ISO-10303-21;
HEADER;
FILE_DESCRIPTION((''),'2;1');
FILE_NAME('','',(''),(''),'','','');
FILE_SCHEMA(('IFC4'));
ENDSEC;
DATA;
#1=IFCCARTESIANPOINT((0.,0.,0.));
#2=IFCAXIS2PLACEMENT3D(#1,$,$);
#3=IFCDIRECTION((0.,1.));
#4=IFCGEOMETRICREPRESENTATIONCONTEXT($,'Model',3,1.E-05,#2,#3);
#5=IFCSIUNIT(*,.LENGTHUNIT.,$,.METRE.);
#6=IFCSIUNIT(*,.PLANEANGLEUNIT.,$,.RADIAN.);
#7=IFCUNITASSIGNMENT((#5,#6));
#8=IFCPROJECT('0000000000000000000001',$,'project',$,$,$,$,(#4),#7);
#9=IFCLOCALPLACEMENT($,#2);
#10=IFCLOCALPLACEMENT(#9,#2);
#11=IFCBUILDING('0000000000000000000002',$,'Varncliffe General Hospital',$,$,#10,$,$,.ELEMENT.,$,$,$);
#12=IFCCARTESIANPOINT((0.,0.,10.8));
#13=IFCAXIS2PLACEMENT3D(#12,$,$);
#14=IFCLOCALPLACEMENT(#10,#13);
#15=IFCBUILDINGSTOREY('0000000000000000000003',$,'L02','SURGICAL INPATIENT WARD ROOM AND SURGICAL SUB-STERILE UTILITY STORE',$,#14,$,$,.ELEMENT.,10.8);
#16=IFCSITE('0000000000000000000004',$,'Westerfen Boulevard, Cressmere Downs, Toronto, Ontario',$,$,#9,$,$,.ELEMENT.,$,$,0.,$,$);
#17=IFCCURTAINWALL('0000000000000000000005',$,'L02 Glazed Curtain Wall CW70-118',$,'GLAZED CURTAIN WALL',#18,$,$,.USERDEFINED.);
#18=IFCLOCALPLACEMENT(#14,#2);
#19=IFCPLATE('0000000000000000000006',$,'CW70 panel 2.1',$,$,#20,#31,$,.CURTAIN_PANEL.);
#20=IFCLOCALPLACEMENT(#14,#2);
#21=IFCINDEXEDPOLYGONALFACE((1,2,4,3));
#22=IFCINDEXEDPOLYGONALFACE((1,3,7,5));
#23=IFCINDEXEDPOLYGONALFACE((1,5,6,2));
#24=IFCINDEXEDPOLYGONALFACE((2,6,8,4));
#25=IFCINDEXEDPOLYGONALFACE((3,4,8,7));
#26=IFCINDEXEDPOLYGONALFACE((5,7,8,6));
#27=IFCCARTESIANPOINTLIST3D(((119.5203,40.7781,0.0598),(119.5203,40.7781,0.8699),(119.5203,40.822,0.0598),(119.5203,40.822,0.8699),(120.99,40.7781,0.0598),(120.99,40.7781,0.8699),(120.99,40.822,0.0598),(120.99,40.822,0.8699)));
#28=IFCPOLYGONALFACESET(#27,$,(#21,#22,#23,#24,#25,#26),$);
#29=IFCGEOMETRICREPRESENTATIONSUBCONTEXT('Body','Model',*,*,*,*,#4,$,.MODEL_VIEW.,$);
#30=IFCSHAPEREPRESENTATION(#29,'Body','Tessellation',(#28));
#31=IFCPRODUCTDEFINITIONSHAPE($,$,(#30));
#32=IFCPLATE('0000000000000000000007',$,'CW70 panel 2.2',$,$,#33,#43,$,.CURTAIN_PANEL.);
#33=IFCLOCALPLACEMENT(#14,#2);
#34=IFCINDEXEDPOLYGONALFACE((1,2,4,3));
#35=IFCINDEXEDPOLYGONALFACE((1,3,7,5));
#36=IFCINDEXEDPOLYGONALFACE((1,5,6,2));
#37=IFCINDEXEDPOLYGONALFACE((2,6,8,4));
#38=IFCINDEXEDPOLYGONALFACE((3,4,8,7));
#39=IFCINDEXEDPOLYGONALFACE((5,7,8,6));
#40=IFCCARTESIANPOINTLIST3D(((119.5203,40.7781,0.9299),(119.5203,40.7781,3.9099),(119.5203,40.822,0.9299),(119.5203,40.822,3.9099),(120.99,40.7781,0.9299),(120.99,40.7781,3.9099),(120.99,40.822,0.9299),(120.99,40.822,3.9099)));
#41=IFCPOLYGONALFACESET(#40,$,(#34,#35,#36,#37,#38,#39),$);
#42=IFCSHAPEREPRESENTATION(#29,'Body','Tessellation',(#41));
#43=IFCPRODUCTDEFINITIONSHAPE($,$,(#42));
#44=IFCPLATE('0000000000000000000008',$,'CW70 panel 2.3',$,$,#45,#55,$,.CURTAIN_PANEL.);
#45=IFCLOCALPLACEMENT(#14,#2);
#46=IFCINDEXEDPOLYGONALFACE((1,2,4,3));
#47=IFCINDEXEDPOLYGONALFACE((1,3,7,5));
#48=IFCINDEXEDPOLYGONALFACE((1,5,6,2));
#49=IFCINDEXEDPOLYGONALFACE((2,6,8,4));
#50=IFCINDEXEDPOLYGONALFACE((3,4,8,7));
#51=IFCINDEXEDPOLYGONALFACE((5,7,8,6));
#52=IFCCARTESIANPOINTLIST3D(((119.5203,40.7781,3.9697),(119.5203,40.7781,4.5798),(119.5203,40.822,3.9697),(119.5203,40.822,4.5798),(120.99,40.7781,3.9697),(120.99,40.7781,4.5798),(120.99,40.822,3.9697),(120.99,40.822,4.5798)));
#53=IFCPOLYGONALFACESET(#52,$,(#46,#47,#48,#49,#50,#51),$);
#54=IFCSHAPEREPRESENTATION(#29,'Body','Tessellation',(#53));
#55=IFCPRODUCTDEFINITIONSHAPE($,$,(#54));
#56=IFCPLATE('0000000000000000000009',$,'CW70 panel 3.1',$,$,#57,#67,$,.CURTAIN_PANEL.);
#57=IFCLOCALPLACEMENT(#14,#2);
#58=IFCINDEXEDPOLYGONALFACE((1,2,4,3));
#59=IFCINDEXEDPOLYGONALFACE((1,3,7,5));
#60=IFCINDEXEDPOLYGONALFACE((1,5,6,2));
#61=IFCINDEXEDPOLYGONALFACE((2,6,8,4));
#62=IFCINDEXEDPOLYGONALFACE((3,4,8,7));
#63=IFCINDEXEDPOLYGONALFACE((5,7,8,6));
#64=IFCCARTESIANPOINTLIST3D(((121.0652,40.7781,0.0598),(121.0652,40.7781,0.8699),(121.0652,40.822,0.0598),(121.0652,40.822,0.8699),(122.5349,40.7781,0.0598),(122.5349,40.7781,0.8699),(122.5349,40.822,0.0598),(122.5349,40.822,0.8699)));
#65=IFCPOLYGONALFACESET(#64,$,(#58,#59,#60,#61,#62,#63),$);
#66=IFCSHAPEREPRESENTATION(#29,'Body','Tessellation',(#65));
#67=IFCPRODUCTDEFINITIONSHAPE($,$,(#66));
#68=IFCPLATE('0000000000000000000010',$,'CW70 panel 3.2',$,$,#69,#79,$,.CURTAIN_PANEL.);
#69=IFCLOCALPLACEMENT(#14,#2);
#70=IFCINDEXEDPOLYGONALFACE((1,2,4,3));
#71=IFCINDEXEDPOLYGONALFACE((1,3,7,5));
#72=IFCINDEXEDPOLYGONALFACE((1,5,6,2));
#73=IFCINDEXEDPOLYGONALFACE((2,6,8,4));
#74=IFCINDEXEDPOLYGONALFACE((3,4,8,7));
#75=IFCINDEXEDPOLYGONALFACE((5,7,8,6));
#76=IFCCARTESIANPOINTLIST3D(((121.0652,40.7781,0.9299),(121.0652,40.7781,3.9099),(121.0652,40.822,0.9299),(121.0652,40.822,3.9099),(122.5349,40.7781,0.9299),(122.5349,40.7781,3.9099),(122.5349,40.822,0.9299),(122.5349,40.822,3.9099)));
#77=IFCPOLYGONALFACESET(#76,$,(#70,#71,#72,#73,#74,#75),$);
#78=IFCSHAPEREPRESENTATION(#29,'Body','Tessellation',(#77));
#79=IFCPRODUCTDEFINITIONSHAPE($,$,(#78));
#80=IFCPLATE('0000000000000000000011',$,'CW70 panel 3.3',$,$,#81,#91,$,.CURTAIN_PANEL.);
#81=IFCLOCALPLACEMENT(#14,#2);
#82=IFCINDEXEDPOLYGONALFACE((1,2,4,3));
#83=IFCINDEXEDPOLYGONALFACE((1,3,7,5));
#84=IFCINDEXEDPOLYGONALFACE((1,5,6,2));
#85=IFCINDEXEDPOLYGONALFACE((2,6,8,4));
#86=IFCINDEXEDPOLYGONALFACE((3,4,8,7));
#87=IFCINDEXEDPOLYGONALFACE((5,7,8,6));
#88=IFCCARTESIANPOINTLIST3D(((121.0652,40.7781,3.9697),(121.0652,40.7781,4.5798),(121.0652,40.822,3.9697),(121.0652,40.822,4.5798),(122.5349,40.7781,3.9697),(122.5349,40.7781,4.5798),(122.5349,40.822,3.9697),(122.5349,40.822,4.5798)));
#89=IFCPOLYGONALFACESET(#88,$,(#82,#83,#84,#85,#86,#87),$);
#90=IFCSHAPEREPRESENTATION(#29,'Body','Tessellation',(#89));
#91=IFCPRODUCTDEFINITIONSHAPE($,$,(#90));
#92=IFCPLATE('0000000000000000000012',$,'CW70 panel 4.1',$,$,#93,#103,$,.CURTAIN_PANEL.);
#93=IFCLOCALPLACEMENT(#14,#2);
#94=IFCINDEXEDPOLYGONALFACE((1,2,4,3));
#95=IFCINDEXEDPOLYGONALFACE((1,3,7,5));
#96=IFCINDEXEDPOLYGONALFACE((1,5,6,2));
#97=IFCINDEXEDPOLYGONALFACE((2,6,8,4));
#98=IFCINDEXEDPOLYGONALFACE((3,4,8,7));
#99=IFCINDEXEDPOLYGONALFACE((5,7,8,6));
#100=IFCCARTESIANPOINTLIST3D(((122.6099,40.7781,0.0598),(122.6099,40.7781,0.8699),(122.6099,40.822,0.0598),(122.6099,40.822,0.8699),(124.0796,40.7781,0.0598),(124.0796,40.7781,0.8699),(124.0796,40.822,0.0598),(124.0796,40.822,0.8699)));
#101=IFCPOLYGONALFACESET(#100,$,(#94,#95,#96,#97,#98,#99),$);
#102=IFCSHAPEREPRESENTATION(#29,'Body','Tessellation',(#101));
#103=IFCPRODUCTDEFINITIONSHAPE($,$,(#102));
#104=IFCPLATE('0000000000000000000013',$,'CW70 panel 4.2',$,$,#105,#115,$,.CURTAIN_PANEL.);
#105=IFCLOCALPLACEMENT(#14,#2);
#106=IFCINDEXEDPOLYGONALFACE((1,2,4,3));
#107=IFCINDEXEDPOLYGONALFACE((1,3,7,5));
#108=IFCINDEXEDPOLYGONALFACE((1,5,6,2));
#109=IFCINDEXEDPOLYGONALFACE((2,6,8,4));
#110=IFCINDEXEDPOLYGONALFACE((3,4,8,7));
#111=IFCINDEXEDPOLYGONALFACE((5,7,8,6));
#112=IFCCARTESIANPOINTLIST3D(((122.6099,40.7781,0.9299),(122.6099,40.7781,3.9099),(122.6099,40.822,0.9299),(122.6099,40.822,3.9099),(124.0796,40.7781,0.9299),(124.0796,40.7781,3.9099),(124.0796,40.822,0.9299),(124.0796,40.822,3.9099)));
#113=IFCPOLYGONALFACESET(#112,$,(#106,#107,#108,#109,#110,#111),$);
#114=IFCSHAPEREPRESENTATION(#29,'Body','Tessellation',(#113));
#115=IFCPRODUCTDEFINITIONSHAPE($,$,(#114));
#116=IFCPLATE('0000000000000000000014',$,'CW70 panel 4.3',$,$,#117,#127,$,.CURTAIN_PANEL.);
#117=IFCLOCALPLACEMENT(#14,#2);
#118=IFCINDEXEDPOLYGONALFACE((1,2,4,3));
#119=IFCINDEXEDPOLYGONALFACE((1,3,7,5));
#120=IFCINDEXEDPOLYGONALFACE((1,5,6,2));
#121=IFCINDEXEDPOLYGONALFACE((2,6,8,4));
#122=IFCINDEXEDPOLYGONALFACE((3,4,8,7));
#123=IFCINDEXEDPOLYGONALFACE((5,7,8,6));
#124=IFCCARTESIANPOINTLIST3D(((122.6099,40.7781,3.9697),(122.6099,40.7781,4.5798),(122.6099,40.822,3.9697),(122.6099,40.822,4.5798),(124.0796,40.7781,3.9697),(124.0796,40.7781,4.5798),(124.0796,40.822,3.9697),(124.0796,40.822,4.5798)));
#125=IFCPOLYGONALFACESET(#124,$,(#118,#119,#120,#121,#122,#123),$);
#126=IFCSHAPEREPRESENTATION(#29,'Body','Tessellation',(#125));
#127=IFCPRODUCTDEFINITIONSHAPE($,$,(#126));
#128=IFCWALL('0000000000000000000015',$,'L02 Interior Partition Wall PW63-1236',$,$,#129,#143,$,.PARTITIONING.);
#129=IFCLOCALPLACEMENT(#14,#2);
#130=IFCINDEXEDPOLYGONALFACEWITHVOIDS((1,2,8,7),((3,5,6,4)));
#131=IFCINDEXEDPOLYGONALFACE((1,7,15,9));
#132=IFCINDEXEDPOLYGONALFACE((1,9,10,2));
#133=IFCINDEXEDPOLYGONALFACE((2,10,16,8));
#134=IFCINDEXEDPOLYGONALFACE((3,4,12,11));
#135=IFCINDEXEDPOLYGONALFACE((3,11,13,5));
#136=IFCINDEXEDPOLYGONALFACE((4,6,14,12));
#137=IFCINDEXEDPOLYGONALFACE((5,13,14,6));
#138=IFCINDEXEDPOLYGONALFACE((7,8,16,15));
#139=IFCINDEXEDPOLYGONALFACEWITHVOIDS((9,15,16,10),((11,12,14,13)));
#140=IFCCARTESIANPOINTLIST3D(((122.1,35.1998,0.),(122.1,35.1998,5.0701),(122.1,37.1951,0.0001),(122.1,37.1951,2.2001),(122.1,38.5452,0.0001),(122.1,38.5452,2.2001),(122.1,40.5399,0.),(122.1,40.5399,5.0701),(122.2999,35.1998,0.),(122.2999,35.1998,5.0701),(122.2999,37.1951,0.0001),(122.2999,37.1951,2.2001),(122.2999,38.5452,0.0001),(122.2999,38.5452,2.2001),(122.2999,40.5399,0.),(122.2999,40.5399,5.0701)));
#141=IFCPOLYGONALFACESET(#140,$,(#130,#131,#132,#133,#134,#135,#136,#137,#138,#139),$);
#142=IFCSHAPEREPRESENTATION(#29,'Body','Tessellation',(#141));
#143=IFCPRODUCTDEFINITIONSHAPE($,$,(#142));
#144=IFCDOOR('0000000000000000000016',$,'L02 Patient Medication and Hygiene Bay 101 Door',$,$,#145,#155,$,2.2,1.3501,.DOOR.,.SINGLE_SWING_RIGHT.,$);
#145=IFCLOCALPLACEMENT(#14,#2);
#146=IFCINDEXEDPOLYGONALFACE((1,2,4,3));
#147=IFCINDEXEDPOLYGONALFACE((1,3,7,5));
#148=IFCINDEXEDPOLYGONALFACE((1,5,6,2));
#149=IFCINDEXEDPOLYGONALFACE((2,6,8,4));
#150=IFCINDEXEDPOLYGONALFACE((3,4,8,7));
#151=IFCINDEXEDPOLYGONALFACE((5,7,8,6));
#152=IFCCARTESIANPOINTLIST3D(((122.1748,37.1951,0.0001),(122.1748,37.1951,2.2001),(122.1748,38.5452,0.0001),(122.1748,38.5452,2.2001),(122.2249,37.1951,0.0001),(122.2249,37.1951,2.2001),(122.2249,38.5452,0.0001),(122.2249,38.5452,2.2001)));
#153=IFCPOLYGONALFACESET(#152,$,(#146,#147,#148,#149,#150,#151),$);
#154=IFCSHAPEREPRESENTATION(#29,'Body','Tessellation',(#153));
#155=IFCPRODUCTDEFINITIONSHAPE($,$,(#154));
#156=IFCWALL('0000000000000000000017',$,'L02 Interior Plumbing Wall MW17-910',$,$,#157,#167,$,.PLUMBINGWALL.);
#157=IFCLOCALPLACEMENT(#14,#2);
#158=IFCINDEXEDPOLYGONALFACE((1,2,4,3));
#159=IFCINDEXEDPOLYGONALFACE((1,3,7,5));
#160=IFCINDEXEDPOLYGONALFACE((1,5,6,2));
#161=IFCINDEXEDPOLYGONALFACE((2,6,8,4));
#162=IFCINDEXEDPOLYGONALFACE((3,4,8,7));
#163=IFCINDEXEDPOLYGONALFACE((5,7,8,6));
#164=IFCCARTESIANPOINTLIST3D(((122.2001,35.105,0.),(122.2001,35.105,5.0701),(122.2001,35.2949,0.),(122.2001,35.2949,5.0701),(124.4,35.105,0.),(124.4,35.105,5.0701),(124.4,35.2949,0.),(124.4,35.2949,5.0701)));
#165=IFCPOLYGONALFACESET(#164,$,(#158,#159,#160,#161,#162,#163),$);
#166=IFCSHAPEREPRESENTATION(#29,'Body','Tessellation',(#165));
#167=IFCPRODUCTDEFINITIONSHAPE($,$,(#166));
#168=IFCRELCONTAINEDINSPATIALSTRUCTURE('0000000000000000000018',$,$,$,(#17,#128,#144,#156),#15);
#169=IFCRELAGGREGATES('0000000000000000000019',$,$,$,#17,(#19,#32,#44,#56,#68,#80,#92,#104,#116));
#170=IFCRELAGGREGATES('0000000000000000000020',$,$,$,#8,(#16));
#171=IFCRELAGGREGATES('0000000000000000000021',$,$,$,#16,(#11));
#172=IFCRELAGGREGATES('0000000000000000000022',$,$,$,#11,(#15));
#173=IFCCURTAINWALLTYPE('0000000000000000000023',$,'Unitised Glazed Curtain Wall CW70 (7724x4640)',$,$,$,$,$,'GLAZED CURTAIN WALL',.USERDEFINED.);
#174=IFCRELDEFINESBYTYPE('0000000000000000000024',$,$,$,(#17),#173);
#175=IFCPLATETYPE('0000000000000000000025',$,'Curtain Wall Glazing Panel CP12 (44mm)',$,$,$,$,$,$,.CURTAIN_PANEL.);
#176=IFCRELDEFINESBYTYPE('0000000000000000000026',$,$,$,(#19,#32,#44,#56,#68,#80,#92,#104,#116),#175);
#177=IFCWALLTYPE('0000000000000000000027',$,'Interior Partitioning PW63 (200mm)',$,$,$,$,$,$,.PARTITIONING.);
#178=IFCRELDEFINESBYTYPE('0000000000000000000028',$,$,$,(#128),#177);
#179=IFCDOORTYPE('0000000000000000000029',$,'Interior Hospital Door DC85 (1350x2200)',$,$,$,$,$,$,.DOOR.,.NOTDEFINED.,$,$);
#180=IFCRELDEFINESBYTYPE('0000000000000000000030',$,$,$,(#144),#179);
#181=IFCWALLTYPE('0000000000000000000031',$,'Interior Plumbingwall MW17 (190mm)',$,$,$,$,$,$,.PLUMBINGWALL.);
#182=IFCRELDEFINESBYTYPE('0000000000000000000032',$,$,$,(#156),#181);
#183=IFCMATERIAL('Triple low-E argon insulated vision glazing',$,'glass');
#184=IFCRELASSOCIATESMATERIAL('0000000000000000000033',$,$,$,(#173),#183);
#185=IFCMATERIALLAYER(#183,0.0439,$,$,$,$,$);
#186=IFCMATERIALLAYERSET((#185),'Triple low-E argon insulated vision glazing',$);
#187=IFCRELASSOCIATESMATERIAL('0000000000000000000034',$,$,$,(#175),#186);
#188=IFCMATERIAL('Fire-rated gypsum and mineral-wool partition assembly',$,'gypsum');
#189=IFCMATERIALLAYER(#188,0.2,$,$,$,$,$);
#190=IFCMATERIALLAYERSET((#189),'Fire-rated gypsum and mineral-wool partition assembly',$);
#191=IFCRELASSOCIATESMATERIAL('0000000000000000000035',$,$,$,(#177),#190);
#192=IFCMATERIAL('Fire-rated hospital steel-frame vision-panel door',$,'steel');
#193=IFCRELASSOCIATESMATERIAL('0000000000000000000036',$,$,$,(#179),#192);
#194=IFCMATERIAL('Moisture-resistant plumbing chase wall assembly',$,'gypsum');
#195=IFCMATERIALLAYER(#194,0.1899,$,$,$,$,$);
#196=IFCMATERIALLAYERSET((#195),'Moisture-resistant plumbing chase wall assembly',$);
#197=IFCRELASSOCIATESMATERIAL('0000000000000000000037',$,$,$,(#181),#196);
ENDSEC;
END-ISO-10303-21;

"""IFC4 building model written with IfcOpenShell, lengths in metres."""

from ifc_helpers import new_model, si_unit, direction, frame, frame_2d, origin, origin_2d, place, context, subcontext, project, spatial, rectangle, extrude, material, layer, layer_set, type_object, element, fill, aggregate, save


model = new_model("IFC4")

# Units and contexts
model_context = context("Model", 3, precision=1e-05, world=origin(), true_north=direction((0.0, 1.0)))
body_context = subcontext(model_context, "Body", "Model", "MODEL_VIEW")
ifc_project = project(units=[si_unit("LENGTHUNIT", "METRE"), si_unit("PLANEANGLEUNIT", "RADIAN")], contexts=[model_context])

# Site, building, storey
site_placement = place(None, origin())
site = spatial("IfcSite", under=ifc_project, at=site_placement, Name="Westerfen Boulevard, Cressmere Downs, Toronto, Ontario", CompositionType="ELEMENT", RefElevation=0.0)
building_placement = place(site_placement, origin())
building = spatial("IfcBuilding", under=site, at=building_placement, Name="Varncliffe General Hospital", CompositionType="ELEMENT")
storey_placement = place(building_placement, frame((0.0, 0.0, 10.8)))
storey = spatial("IfcBuildingStorey", under=building, at=storey_placement, Name="L02", Description="SURGICAL INPATIENT WARD ROOM AND SURGICAL SUB-STERILE UTILITY STORE", CompositionType="ELEMENT", Elevation=10.8)

# Curtain wall, plates
ifc_material_1 = material(Name="Triple low-E argon insulated vision glazing", Category="glass")
curtain_wall_type = type_object("IfcCurtainWallType", Name="Unitised Glazed Curtain Wall CW70 (7724x4640)", ElementType="GLAZED CURTAIN WALL", PredefinedType="USERDEFINED", material=ifc_material_1)
curtain_wall_placement = place(storey_placement, origin())
curtain_wall = element("IfcCurtainWall", 1, at=curtain_wall_placement, inside=storey, type_object=curtain_wall_type, Name="L02 Glazed Curtain Wall CW70-118", ObjectType="GLAZED CURTAIN WALL", PredefinedType="USERDEFINED")
ifc_layer_1 = layer(ifc_material_1, 0.0439)
ifc_layer_set_1 = layer_set([ifc_layer_1], Name="Triple low-E argon insulated vision glazing")
plate_type = type_object("IfcPlateType", Name="Curtain Wall Glazing Panel CP12 (44mm)", PredefinedType="CURTAIN_PANEL", material=ifc_layer_set_1)
plate_1_placement = place(storey_placement, frame((120.2551, 40.8, 0.0598), z_axis=(0.0, 0.0, 1.0), x_axis=(1.0, 0.0, 0.0)))
plate_1 = element("IfcPlate", 2, at=plate_1_placement, type_object=plate_type, Name="CW70 panel 2.1", PredefinedType="CURTAIN_PANEL", context=body_context, shape_type="SweptSolid", body=[
    extrude(rectangle(XDim=1.4697, YDim=0.0439, at=origin_2d()), origin(), (0.0, 0.0, 1.0), 0.8101),
])
plate_2_placement = place(storey_placement, frame((120.2551, 40.8, 0.9299), z_axis=(0.0, 0.0, 1.0), x_axis=(1.0, 0.0, 0.0)))
plate_2 = element("IfcPlate", 3, at=plate_2_placement, type_object=plate_type, Name="CW70 panel 2.2", PredefinedType="CURTAIN_PANEL", context=body_context, shape_type="SweptSolid", body=[
    extrude(rectangle(XDim=1.4697, YDim=0.0439, at=origin_2d()), origin(), (0.0, 0.0, 1.0), 2.98),
])
plate_3_placement = place(storey_placement, frame((120.2551, 40.8, 3.9697), z_axis=(0.0, 0.0, 1.0), x_axis=(1.0, 0.0, 0.0)))
plate_3 = element("IfcPlate", 4, at=plate_3_placement, type_object=plate_type, Name="CW70 panel 2.3", PredefinedType="CURTAIN_PANEL", context=body_context, shape_type="SweptSolid", body=[
    extrude(rectangle(XDim=1.4697, YDim=0.0439, at=origin_2d()), origin(), (0.0, 0.0, 1.0), 0.6101),
])
plate_4_placement = place(storey_placement, frame((121.8, 40.8, 0.0598), z_axis=(0.0, 0.0, 1.0), x_axis=(1.0, 0.0, 0.0)))
plate_4 = element("IfcPlate", 5, at=plate_4_placement, type_object=plate_type, Name="CW70 panel 3.1", PredefinedType="CURTAIN_PANEL", context=body_context, shape_type="SweptSolid", body=[
    extrude(rectangle(XDim=1.4697, YDim=0.0439, at=origin_2d()), origin(), (0.0, 0.0, 1.0), 0.8101),
])
plate_5_placement = place(storey_placement, frame((121.8, 40.8, 0.9299), z_axis=(0.0, 0.0, 1.0), x_axis=(1.0, 0.0, 0.0)))
plate_5 = element("IfcPlate", 6, at=plate_5_placement, type_object=plate_type, Name="CW70 panel 3.2", PredefinedType="CURTAIN_PANEL", context=body_context, shape_type="SweptSolid", body=[
    extrude(rectangle(XDim=1.4697, YDim=0.0439, at=origin_2d()), origin(), (0.0, 0.0, 1.0), 2.98),
])
plate_6_placement = place(storey_placement, frame((121.8, 40.8, 3.9697), z_axis=(0.0, 0.0, 1.0), x_axis=(1.0, 0.0, 0.0)))
plate_6 = element("IfcPlate", 7, at=plate_6_placement, type_object=plate_type, Name="CW70 panel 3.3", PredefinedType="CURTAIN_PANEL", context=body_context, shape_type="SweptSolid", body=[
    extrude(rectangle(XDim=1.4697, YDim=0.0439, at=origin_2d()), origin(), (0.0, 0.0, 1.0), 0.6101),
])
plate_7_placement = place(storey_placement, frame((123.3447, 40.8, 0.0598), z_axis=(0.0, 0.0, 1.0), x_axis=(1.0, 0.0, 0.0)))
plate_7 = element("IfcPlate", 8, at=plate_7_placement, type_object=plate_type, Name="CW70 panel 4.1", PredefinedType="CURTAIN_PANEL", context=body_context, shape_type="SweptSolid", body=[
    extrude(rectangle(XDim=1.4697, YDim=0.0439, at=origin_2d()), origin(), (0.0, 0.0, 1.0), 0.8101),
])
plate_8_placement = place(storey_placement, frame((123.3447, 40.8, 0.9299), z_axis=(0.0, 0.0, 1.0), x_axis=(1.0, 0.0, 0.0)))
plate_8 = element("IfcPlate", 9, at=plate_8_placement, type_object=plate_type, Name="CW70 panel 4.2", PredefinedType="CURTAIN_PANEL", context=body_context, shape_type="SweptSolid", body=[
    extrude(rectangle(XDim=1.4697, YDim=0.0439, at=origin_2d()), origin(), (0.0, 0.0, 1.0), 2.98),
])
plate_9_placement = place(storey_placement, frame((123.3447, 40.8, 3.9697), z_axis=(0.0, 0.0, 1.0), x_axis=(1.0, 0.0, 0.0)))
plate_9 = element("IfcPlate", 10, at=plate_9_placement, type_object=plate_type, Name="CW70 panel 4.3", PredefinedType="CURTAIN_PANEL", context=body_context, shape_type="SweptSolid", body=[
    extrude(rectangle(XDim=1.4697, YDim=0.0439, at=origin_2d()), origin(), (0.0, 0.0, 1.0), 0.6101),
])
aggregate(curtain_wall, [plate_1, plate_2, plate_3, plate_4, plate_5, plate_6, plate_7, plate_8, plate_9])

# Wall, opening, door
ifc_material_2 = material(Name="Fire-rated gypsum and mineral-wool partition assembly", Category="gypsum")
ifc_layer_2 = layer(ifc_material_2, 0.2)
ifc_layer_set_2 = layer_set([ifc_layer_2], Name="Fire-rated gypsum and mineral-wool partition assembly")
wall_type_1 = type_object("IfcWallType", Name="Interior Partitioning PW63 (200mm)", PredefinedType="PARTITIONING", material=ifc_layer_set_2)
wall_1_placement = place(storey_placement, frame((122.2, 35.2, 0.0), z_axis=(0.0, 0.0, 1.0), x_axis=(0.0, 1.0, 0.0)))
wall_1 = element("IfcWall", 11, at=wall_1_placement, inside=storey, type_object=wall_type_1, Name="L02 Interior Partition Wall PW63-1236", PredefinedType="PARTITIONING", context=body_context, shape_type="SweptSolid", body=[
    extrude(rectangle(XDim=5.3401, YDim=0.2, at=frame_2d((2.6699, 0.0))), origin(), (0.0, 0.0, 1.0), 5.0701),
])
opening_placement = place(wall_1_placement, frame((1.9951, 0.0, 0.0)))
opening = element("IfcOpeningElement", 12, at=opening_placement, cuts=wall_1, PredefinedType="OPENING", context=body_context, shape_type="SweptSolid", body=[
    extrude(rectangle(XDim=1.3501, YDim=2.2, at=frame_2d((0.675, 1.1001))), frame((0.0, 0.1099, 0.0), z_axis=(0.0, -1.0, 0.0), x_axis=(1.0, 0.0, 0.0)), (0.0, 0.0, 1.0), 0.22),
])
ifc_material_3 = material(Name="Fire-rated hospital steel-frame vision-panel door", Category="steel")
door_type = type_object("IfcDoorType", Name="Interior Hospital Door DC85 (1350x2200)", OperationType="NOTDEFINED", PredefinedType="DOOR", material=ifc_material_3)
door_placement = place(opening_placement, frame((1.3501, 0.0, 0.0), z_axis=(0.0, 0.0, 1.0), x_axis=(-1.0, 0.0, 0.0)))
door = element("IfcDoor", 13, at=door_placement, inside=storey, type_object=door_type, Name="L02 Patient Medication and Hygiene Bay 101 Door", OperationType="SINGLE_SWING_RIGHT", OverallHeight=2.2, OverallWidth=1.3501, PredefinedType="DOOR", context=body_context, shape_type="SweptSolid", body=[
    extrude(rectangle(XDim=1.3501, YDim=2.2, at=frame_2d((0.675, 1.1001))), frame((0.0, 0.0249, 0.0), z_axis=(0.0, -1.0, 0.0), x_axis=(1.0, 0.0, 0.0)), (0.0, 0.0, 1.0), 0.05),
])
fill(opening, door)

# Wall
ifc_material_4 = material(Name="Moisture-resistant plumbing chase wall assembly", Category="gypsum")
ifc_layer_3 = layer(ifc_material_4, 0.1899)
ifc_layer_set_3 = layer_set([ifc_layer_3], Name="Moisture-resistant plumbing chase wall assembly")
wall_type_2 = type_object("IfcWallType", Name="Interior Plumbingwall MW17 (190mm)", PredefinedType="PLUMBINGWALL", material=ifc_layer_set_3)
wall_2_placement = place(storey_placement, frame((122.2, 35.2, 0.0), z_axis=(0.0, 0.0, 1.0), x_axis=(1.0, 0.0, 0.0)))
element("IfcWall", 14, at=wall_2_placement, inside=storey, type_object=wall_type_2, Name="L02 Interior Plumbing Wall MW17-910", PredefinedType="PLUMBINGWALL", context=body_context, shape_type="SweptSolid", body=[
    extrude(rectangle(XDim=2.2, YDim=0.1899, at=frame_2d((1.1001, 0.0))), origin(), (0.0, 0.0, 1.0), 5.0701),
])

save(model, "model.ifc")
